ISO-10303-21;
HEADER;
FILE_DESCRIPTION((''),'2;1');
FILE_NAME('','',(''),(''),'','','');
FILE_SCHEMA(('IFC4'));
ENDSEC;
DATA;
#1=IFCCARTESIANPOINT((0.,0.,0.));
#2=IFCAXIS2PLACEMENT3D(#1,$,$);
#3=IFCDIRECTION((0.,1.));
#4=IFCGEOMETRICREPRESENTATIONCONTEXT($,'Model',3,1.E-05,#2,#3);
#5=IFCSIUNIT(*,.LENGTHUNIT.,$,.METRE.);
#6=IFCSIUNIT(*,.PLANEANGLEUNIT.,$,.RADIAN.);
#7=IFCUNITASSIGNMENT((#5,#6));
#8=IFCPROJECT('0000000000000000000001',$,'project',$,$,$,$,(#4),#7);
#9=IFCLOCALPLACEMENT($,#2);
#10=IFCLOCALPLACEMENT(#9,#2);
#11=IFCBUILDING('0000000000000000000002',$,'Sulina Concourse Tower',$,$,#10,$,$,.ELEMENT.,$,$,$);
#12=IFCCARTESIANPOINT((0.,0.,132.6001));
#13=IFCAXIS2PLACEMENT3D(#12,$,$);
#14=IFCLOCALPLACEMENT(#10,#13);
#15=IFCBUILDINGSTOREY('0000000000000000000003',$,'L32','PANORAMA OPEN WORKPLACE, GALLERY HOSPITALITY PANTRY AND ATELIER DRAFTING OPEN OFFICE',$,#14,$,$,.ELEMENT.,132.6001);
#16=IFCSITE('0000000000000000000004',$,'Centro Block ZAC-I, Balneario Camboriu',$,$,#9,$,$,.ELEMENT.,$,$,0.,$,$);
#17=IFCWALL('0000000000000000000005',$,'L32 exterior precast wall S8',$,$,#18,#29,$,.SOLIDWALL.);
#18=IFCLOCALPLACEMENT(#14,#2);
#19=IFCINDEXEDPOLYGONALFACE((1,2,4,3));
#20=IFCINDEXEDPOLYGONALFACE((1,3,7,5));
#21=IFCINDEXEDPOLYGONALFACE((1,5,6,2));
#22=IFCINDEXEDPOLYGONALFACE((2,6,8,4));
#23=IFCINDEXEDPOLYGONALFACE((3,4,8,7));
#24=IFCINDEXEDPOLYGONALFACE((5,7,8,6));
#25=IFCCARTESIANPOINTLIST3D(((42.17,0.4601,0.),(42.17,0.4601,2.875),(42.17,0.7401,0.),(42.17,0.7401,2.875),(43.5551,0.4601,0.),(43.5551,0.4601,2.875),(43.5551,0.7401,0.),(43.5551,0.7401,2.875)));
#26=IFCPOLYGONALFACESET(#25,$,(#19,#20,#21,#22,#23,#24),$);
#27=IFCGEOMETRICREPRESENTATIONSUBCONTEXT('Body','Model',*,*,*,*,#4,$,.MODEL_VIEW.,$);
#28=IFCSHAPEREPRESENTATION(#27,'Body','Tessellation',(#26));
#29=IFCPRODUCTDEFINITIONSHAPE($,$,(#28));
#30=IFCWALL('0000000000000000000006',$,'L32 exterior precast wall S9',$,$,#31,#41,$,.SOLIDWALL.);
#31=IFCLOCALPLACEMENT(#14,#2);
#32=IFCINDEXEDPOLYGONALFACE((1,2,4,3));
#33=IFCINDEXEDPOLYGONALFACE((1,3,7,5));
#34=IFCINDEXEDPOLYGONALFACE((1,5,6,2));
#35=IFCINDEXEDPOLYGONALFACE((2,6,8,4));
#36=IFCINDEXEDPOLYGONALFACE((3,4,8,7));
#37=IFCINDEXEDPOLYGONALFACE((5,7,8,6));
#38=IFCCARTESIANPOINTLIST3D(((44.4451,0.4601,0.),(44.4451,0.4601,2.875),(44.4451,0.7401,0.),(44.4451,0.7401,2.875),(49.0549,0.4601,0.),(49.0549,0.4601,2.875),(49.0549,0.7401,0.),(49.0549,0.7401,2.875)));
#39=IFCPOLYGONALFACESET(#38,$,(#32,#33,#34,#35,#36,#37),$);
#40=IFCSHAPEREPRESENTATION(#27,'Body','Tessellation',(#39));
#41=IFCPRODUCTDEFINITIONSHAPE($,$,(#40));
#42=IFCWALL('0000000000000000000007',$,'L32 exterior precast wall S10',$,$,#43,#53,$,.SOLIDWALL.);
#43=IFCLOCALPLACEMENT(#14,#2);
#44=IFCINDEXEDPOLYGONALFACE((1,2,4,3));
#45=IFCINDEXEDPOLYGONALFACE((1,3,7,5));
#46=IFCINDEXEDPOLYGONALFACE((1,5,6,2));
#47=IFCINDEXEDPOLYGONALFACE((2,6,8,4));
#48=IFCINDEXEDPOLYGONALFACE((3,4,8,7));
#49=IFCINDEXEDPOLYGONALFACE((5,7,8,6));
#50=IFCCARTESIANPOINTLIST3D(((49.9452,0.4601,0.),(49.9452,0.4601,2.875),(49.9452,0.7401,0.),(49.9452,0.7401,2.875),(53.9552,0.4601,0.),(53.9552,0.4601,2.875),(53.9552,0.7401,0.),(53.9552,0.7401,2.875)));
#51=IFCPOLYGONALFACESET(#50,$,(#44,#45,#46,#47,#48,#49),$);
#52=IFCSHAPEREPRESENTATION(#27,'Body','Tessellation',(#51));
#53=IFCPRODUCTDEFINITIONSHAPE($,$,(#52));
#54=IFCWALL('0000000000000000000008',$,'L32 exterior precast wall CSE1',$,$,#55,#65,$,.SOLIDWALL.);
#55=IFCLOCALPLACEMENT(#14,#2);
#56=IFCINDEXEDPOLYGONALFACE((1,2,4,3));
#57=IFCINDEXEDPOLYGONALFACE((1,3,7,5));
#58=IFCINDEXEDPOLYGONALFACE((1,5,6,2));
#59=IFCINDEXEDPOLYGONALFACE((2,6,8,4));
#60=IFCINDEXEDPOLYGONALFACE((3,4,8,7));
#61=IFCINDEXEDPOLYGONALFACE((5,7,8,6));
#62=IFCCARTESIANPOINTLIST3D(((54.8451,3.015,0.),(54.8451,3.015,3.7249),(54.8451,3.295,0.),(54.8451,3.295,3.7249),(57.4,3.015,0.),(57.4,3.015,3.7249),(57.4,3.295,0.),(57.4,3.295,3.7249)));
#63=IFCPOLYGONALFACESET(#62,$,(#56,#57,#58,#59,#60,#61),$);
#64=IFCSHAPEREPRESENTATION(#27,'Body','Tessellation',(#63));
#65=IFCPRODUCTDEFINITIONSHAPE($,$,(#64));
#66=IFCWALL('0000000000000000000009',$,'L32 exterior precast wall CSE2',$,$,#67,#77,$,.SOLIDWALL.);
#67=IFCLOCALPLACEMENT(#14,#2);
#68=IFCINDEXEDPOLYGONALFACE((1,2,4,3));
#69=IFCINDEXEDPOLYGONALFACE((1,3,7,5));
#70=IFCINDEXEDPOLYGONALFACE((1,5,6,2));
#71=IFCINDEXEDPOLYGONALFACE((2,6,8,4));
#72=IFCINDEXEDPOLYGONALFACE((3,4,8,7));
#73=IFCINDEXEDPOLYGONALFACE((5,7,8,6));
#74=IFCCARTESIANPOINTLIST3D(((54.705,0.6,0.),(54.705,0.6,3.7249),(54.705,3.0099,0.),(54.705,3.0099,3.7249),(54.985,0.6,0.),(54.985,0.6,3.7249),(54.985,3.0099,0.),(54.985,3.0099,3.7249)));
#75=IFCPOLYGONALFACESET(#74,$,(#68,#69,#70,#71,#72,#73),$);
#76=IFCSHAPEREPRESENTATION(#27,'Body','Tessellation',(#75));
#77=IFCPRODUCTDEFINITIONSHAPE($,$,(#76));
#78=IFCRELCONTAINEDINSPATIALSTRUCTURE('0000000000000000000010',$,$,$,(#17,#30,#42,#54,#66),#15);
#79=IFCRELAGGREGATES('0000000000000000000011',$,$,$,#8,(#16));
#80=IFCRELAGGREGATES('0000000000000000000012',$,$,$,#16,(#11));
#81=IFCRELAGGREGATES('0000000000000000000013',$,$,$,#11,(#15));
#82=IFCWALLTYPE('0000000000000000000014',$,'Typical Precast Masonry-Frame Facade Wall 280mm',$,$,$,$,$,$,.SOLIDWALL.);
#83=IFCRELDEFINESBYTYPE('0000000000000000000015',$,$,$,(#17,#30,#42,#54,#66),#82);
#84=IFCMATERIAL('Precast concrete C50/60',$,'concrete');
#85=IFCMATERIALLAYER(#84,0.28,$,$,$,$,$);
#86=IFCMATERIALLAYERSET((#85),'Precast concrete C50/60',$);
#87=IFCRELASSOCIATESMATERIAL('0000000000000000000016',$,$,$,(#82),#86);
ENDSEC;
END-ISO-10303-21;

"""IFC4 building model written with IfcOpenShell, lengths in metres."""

from ifc_helpers import new_model, si_unit, direction, frame, frame_2d, origin, place, context, subcontext, project, spatial, rectangle, extrude, material, layer, layer_set, type_object, element, save


model = new_model("IFC4")

# Units and contexts
model_context = context("Model", 3, precision=1e-05, world=origin(), true_north=direction((0.0, 1.0)))
body_context = subcontext(model_context, "Body", "Model", "MODEL_VIEW")
ifc_project = project(units=[si_unit("LENGTHUNIT", "METRE"), si_unit("PLANEANGLEUNIT", "RADIAN")], contexts=[model_context])

# Site, building, storey
site_placement = place(None, origin())
site = spatial("IfcSite", under=ifc_project, at=site_placement, Name="Centro Block ZAC-I, Balneario Camboriu", CompositionType="ELEMENT", RefElevation=0.0)
building_placement = place(site_placement, origin())
building = spatial("IfcBuilding", under=site, at=building_placement, Name="Sulina Concourse Tower", CompositionType="ELEMENT")
storey_placement = place(building_placement, frame((0.0, 0.0, 132.6001)))
storey = spatial("IfcBuildingStorey", under=building, at=storey_placement, Name="L32", Description="PANORAMA OPEN WORKPLACE, GALLERY HOSPITALITY PANTRY AND ATELIER DRAFTING OPEN OFFICE", CompositionType="ELEMENT", Elevation=132.6001)

# Walls
ifc_material_1 = material(Name="Precast concrete C50/60", Category="concrete")
ifc_layer_1 = layer(ifc_material_1, 0.28)
ifc_layer_set_1 = layer_set([ifc_layer_1], Name="Precast concrete C50/60")
wall_type_1 = type_object("IfcWallType", Name="Typical Precast Masonry-Frame Facade Wall 280mm", PredefinedType="SOLIDWALL", material=ifc_layer_set_1)
wall_1_placement = place(storey_placement, frame((43.5549, 0.6001, 0.0), z_axis=(0.0, 0.0, 1.0), x_axis=(-1.0, 0.0, 0.0)))
element("IfcWall", 1, at=wall_1_placement, inside=storey, type_object=wall_type_1, Name="L32 exterior precast wall S8", PredefinedType="SOLIDWALL", context=body_context, shape_type="SweptSolid", body=[
    extrude(rectangle(XDim=1.385, YDim=0.28, at=frame_2d((0.6924, 0.0))), origin(), (0.0, 0.0, 1.0), 2.875),
])
wall_2_placement = place(storey_placement, frame((49.0549, 0.6001, 0.0), z_axis=(0.0, 0.0, 1.0), x_axis=(-1.0, 0.0, 0.0)))
element("IfcWall", 2, at=wall_2_placement, inside=storey, type_object=wall_type_1, Name="L32 exterior precast wall S9", PredefinedType="SOLIDWALL", context=body_context, shape_type="SweptSolid", body=[
    extrude(rectangle(XDim=4.6099, YDim=0.28, at=frame_2d((2.3049, 0.0))), origin(), (0.0, 0.0, 1.0), 2.875),
])
wall_3_placement = place(storey_placement, frame((53.9551, 0.6001, 0.0), z_axis=(0.0, 0.0, 1.0), x_axis=(-1.0, 0.0, 0.0)))
element("IfcWall", 3, at=wall_3_placement, inside=storey, type_object=wall_type_1, Name="L32 exterior precast wall S10", PredefinedType="SOLIDWALL", context=body_context, shape_type="SweptSolid", body=[
    extrude(rectangle(XDim=4.01, YDim=0.28, at=frame_2d((2.0049, 0.0))), origin(), (0.0, 0.0, 1.0), 2.875),
])
wall_4_placement = place(storey_placement, frame((57.3999, 3.155, 0.0), z_axis=(0.0, 0.0, 1.0), x_axis=(-1.0, 0.0, 0.0)))
element("IfcWall", 4, at=wall_4_placement, inside=storey, type_object=wall_type_1, Name="L32 exterior precast wall CSE1", PredefinedType="SOLIDWALL", context=body_context, shape_type="SweptSolid", body=[
    extrude(rectangle(XDim=2.5549, YDim=0.28, at=frame_2d((1.2773, 0.0))), origin(), (0.0, 0.0, 1.0), 3.7249),
])
wall_5_placement = place(storey_placement, frame((54.845, 3.01, 0.0), z_axis=(0.0, 0.0, 1.0), x_axis=(0.0, -1.0, 0.0)))
element("IfcWall", 5, at=wall_5_placement, inside=storey, type_object=wall_type_1, Name="L32 exterior precast wall CSE2", PredefinedType="SOLIDWALL", context=body_context, shape_type="SweptSolid", body=[
    extrude(rectangle(XDim=2.4099, YDim=0.28, at=frame_2d((1.2051, 0.0))), origin(), (0.0, 0.0, 1.0), 3.7249),
])

save(model, "model.ifc")
